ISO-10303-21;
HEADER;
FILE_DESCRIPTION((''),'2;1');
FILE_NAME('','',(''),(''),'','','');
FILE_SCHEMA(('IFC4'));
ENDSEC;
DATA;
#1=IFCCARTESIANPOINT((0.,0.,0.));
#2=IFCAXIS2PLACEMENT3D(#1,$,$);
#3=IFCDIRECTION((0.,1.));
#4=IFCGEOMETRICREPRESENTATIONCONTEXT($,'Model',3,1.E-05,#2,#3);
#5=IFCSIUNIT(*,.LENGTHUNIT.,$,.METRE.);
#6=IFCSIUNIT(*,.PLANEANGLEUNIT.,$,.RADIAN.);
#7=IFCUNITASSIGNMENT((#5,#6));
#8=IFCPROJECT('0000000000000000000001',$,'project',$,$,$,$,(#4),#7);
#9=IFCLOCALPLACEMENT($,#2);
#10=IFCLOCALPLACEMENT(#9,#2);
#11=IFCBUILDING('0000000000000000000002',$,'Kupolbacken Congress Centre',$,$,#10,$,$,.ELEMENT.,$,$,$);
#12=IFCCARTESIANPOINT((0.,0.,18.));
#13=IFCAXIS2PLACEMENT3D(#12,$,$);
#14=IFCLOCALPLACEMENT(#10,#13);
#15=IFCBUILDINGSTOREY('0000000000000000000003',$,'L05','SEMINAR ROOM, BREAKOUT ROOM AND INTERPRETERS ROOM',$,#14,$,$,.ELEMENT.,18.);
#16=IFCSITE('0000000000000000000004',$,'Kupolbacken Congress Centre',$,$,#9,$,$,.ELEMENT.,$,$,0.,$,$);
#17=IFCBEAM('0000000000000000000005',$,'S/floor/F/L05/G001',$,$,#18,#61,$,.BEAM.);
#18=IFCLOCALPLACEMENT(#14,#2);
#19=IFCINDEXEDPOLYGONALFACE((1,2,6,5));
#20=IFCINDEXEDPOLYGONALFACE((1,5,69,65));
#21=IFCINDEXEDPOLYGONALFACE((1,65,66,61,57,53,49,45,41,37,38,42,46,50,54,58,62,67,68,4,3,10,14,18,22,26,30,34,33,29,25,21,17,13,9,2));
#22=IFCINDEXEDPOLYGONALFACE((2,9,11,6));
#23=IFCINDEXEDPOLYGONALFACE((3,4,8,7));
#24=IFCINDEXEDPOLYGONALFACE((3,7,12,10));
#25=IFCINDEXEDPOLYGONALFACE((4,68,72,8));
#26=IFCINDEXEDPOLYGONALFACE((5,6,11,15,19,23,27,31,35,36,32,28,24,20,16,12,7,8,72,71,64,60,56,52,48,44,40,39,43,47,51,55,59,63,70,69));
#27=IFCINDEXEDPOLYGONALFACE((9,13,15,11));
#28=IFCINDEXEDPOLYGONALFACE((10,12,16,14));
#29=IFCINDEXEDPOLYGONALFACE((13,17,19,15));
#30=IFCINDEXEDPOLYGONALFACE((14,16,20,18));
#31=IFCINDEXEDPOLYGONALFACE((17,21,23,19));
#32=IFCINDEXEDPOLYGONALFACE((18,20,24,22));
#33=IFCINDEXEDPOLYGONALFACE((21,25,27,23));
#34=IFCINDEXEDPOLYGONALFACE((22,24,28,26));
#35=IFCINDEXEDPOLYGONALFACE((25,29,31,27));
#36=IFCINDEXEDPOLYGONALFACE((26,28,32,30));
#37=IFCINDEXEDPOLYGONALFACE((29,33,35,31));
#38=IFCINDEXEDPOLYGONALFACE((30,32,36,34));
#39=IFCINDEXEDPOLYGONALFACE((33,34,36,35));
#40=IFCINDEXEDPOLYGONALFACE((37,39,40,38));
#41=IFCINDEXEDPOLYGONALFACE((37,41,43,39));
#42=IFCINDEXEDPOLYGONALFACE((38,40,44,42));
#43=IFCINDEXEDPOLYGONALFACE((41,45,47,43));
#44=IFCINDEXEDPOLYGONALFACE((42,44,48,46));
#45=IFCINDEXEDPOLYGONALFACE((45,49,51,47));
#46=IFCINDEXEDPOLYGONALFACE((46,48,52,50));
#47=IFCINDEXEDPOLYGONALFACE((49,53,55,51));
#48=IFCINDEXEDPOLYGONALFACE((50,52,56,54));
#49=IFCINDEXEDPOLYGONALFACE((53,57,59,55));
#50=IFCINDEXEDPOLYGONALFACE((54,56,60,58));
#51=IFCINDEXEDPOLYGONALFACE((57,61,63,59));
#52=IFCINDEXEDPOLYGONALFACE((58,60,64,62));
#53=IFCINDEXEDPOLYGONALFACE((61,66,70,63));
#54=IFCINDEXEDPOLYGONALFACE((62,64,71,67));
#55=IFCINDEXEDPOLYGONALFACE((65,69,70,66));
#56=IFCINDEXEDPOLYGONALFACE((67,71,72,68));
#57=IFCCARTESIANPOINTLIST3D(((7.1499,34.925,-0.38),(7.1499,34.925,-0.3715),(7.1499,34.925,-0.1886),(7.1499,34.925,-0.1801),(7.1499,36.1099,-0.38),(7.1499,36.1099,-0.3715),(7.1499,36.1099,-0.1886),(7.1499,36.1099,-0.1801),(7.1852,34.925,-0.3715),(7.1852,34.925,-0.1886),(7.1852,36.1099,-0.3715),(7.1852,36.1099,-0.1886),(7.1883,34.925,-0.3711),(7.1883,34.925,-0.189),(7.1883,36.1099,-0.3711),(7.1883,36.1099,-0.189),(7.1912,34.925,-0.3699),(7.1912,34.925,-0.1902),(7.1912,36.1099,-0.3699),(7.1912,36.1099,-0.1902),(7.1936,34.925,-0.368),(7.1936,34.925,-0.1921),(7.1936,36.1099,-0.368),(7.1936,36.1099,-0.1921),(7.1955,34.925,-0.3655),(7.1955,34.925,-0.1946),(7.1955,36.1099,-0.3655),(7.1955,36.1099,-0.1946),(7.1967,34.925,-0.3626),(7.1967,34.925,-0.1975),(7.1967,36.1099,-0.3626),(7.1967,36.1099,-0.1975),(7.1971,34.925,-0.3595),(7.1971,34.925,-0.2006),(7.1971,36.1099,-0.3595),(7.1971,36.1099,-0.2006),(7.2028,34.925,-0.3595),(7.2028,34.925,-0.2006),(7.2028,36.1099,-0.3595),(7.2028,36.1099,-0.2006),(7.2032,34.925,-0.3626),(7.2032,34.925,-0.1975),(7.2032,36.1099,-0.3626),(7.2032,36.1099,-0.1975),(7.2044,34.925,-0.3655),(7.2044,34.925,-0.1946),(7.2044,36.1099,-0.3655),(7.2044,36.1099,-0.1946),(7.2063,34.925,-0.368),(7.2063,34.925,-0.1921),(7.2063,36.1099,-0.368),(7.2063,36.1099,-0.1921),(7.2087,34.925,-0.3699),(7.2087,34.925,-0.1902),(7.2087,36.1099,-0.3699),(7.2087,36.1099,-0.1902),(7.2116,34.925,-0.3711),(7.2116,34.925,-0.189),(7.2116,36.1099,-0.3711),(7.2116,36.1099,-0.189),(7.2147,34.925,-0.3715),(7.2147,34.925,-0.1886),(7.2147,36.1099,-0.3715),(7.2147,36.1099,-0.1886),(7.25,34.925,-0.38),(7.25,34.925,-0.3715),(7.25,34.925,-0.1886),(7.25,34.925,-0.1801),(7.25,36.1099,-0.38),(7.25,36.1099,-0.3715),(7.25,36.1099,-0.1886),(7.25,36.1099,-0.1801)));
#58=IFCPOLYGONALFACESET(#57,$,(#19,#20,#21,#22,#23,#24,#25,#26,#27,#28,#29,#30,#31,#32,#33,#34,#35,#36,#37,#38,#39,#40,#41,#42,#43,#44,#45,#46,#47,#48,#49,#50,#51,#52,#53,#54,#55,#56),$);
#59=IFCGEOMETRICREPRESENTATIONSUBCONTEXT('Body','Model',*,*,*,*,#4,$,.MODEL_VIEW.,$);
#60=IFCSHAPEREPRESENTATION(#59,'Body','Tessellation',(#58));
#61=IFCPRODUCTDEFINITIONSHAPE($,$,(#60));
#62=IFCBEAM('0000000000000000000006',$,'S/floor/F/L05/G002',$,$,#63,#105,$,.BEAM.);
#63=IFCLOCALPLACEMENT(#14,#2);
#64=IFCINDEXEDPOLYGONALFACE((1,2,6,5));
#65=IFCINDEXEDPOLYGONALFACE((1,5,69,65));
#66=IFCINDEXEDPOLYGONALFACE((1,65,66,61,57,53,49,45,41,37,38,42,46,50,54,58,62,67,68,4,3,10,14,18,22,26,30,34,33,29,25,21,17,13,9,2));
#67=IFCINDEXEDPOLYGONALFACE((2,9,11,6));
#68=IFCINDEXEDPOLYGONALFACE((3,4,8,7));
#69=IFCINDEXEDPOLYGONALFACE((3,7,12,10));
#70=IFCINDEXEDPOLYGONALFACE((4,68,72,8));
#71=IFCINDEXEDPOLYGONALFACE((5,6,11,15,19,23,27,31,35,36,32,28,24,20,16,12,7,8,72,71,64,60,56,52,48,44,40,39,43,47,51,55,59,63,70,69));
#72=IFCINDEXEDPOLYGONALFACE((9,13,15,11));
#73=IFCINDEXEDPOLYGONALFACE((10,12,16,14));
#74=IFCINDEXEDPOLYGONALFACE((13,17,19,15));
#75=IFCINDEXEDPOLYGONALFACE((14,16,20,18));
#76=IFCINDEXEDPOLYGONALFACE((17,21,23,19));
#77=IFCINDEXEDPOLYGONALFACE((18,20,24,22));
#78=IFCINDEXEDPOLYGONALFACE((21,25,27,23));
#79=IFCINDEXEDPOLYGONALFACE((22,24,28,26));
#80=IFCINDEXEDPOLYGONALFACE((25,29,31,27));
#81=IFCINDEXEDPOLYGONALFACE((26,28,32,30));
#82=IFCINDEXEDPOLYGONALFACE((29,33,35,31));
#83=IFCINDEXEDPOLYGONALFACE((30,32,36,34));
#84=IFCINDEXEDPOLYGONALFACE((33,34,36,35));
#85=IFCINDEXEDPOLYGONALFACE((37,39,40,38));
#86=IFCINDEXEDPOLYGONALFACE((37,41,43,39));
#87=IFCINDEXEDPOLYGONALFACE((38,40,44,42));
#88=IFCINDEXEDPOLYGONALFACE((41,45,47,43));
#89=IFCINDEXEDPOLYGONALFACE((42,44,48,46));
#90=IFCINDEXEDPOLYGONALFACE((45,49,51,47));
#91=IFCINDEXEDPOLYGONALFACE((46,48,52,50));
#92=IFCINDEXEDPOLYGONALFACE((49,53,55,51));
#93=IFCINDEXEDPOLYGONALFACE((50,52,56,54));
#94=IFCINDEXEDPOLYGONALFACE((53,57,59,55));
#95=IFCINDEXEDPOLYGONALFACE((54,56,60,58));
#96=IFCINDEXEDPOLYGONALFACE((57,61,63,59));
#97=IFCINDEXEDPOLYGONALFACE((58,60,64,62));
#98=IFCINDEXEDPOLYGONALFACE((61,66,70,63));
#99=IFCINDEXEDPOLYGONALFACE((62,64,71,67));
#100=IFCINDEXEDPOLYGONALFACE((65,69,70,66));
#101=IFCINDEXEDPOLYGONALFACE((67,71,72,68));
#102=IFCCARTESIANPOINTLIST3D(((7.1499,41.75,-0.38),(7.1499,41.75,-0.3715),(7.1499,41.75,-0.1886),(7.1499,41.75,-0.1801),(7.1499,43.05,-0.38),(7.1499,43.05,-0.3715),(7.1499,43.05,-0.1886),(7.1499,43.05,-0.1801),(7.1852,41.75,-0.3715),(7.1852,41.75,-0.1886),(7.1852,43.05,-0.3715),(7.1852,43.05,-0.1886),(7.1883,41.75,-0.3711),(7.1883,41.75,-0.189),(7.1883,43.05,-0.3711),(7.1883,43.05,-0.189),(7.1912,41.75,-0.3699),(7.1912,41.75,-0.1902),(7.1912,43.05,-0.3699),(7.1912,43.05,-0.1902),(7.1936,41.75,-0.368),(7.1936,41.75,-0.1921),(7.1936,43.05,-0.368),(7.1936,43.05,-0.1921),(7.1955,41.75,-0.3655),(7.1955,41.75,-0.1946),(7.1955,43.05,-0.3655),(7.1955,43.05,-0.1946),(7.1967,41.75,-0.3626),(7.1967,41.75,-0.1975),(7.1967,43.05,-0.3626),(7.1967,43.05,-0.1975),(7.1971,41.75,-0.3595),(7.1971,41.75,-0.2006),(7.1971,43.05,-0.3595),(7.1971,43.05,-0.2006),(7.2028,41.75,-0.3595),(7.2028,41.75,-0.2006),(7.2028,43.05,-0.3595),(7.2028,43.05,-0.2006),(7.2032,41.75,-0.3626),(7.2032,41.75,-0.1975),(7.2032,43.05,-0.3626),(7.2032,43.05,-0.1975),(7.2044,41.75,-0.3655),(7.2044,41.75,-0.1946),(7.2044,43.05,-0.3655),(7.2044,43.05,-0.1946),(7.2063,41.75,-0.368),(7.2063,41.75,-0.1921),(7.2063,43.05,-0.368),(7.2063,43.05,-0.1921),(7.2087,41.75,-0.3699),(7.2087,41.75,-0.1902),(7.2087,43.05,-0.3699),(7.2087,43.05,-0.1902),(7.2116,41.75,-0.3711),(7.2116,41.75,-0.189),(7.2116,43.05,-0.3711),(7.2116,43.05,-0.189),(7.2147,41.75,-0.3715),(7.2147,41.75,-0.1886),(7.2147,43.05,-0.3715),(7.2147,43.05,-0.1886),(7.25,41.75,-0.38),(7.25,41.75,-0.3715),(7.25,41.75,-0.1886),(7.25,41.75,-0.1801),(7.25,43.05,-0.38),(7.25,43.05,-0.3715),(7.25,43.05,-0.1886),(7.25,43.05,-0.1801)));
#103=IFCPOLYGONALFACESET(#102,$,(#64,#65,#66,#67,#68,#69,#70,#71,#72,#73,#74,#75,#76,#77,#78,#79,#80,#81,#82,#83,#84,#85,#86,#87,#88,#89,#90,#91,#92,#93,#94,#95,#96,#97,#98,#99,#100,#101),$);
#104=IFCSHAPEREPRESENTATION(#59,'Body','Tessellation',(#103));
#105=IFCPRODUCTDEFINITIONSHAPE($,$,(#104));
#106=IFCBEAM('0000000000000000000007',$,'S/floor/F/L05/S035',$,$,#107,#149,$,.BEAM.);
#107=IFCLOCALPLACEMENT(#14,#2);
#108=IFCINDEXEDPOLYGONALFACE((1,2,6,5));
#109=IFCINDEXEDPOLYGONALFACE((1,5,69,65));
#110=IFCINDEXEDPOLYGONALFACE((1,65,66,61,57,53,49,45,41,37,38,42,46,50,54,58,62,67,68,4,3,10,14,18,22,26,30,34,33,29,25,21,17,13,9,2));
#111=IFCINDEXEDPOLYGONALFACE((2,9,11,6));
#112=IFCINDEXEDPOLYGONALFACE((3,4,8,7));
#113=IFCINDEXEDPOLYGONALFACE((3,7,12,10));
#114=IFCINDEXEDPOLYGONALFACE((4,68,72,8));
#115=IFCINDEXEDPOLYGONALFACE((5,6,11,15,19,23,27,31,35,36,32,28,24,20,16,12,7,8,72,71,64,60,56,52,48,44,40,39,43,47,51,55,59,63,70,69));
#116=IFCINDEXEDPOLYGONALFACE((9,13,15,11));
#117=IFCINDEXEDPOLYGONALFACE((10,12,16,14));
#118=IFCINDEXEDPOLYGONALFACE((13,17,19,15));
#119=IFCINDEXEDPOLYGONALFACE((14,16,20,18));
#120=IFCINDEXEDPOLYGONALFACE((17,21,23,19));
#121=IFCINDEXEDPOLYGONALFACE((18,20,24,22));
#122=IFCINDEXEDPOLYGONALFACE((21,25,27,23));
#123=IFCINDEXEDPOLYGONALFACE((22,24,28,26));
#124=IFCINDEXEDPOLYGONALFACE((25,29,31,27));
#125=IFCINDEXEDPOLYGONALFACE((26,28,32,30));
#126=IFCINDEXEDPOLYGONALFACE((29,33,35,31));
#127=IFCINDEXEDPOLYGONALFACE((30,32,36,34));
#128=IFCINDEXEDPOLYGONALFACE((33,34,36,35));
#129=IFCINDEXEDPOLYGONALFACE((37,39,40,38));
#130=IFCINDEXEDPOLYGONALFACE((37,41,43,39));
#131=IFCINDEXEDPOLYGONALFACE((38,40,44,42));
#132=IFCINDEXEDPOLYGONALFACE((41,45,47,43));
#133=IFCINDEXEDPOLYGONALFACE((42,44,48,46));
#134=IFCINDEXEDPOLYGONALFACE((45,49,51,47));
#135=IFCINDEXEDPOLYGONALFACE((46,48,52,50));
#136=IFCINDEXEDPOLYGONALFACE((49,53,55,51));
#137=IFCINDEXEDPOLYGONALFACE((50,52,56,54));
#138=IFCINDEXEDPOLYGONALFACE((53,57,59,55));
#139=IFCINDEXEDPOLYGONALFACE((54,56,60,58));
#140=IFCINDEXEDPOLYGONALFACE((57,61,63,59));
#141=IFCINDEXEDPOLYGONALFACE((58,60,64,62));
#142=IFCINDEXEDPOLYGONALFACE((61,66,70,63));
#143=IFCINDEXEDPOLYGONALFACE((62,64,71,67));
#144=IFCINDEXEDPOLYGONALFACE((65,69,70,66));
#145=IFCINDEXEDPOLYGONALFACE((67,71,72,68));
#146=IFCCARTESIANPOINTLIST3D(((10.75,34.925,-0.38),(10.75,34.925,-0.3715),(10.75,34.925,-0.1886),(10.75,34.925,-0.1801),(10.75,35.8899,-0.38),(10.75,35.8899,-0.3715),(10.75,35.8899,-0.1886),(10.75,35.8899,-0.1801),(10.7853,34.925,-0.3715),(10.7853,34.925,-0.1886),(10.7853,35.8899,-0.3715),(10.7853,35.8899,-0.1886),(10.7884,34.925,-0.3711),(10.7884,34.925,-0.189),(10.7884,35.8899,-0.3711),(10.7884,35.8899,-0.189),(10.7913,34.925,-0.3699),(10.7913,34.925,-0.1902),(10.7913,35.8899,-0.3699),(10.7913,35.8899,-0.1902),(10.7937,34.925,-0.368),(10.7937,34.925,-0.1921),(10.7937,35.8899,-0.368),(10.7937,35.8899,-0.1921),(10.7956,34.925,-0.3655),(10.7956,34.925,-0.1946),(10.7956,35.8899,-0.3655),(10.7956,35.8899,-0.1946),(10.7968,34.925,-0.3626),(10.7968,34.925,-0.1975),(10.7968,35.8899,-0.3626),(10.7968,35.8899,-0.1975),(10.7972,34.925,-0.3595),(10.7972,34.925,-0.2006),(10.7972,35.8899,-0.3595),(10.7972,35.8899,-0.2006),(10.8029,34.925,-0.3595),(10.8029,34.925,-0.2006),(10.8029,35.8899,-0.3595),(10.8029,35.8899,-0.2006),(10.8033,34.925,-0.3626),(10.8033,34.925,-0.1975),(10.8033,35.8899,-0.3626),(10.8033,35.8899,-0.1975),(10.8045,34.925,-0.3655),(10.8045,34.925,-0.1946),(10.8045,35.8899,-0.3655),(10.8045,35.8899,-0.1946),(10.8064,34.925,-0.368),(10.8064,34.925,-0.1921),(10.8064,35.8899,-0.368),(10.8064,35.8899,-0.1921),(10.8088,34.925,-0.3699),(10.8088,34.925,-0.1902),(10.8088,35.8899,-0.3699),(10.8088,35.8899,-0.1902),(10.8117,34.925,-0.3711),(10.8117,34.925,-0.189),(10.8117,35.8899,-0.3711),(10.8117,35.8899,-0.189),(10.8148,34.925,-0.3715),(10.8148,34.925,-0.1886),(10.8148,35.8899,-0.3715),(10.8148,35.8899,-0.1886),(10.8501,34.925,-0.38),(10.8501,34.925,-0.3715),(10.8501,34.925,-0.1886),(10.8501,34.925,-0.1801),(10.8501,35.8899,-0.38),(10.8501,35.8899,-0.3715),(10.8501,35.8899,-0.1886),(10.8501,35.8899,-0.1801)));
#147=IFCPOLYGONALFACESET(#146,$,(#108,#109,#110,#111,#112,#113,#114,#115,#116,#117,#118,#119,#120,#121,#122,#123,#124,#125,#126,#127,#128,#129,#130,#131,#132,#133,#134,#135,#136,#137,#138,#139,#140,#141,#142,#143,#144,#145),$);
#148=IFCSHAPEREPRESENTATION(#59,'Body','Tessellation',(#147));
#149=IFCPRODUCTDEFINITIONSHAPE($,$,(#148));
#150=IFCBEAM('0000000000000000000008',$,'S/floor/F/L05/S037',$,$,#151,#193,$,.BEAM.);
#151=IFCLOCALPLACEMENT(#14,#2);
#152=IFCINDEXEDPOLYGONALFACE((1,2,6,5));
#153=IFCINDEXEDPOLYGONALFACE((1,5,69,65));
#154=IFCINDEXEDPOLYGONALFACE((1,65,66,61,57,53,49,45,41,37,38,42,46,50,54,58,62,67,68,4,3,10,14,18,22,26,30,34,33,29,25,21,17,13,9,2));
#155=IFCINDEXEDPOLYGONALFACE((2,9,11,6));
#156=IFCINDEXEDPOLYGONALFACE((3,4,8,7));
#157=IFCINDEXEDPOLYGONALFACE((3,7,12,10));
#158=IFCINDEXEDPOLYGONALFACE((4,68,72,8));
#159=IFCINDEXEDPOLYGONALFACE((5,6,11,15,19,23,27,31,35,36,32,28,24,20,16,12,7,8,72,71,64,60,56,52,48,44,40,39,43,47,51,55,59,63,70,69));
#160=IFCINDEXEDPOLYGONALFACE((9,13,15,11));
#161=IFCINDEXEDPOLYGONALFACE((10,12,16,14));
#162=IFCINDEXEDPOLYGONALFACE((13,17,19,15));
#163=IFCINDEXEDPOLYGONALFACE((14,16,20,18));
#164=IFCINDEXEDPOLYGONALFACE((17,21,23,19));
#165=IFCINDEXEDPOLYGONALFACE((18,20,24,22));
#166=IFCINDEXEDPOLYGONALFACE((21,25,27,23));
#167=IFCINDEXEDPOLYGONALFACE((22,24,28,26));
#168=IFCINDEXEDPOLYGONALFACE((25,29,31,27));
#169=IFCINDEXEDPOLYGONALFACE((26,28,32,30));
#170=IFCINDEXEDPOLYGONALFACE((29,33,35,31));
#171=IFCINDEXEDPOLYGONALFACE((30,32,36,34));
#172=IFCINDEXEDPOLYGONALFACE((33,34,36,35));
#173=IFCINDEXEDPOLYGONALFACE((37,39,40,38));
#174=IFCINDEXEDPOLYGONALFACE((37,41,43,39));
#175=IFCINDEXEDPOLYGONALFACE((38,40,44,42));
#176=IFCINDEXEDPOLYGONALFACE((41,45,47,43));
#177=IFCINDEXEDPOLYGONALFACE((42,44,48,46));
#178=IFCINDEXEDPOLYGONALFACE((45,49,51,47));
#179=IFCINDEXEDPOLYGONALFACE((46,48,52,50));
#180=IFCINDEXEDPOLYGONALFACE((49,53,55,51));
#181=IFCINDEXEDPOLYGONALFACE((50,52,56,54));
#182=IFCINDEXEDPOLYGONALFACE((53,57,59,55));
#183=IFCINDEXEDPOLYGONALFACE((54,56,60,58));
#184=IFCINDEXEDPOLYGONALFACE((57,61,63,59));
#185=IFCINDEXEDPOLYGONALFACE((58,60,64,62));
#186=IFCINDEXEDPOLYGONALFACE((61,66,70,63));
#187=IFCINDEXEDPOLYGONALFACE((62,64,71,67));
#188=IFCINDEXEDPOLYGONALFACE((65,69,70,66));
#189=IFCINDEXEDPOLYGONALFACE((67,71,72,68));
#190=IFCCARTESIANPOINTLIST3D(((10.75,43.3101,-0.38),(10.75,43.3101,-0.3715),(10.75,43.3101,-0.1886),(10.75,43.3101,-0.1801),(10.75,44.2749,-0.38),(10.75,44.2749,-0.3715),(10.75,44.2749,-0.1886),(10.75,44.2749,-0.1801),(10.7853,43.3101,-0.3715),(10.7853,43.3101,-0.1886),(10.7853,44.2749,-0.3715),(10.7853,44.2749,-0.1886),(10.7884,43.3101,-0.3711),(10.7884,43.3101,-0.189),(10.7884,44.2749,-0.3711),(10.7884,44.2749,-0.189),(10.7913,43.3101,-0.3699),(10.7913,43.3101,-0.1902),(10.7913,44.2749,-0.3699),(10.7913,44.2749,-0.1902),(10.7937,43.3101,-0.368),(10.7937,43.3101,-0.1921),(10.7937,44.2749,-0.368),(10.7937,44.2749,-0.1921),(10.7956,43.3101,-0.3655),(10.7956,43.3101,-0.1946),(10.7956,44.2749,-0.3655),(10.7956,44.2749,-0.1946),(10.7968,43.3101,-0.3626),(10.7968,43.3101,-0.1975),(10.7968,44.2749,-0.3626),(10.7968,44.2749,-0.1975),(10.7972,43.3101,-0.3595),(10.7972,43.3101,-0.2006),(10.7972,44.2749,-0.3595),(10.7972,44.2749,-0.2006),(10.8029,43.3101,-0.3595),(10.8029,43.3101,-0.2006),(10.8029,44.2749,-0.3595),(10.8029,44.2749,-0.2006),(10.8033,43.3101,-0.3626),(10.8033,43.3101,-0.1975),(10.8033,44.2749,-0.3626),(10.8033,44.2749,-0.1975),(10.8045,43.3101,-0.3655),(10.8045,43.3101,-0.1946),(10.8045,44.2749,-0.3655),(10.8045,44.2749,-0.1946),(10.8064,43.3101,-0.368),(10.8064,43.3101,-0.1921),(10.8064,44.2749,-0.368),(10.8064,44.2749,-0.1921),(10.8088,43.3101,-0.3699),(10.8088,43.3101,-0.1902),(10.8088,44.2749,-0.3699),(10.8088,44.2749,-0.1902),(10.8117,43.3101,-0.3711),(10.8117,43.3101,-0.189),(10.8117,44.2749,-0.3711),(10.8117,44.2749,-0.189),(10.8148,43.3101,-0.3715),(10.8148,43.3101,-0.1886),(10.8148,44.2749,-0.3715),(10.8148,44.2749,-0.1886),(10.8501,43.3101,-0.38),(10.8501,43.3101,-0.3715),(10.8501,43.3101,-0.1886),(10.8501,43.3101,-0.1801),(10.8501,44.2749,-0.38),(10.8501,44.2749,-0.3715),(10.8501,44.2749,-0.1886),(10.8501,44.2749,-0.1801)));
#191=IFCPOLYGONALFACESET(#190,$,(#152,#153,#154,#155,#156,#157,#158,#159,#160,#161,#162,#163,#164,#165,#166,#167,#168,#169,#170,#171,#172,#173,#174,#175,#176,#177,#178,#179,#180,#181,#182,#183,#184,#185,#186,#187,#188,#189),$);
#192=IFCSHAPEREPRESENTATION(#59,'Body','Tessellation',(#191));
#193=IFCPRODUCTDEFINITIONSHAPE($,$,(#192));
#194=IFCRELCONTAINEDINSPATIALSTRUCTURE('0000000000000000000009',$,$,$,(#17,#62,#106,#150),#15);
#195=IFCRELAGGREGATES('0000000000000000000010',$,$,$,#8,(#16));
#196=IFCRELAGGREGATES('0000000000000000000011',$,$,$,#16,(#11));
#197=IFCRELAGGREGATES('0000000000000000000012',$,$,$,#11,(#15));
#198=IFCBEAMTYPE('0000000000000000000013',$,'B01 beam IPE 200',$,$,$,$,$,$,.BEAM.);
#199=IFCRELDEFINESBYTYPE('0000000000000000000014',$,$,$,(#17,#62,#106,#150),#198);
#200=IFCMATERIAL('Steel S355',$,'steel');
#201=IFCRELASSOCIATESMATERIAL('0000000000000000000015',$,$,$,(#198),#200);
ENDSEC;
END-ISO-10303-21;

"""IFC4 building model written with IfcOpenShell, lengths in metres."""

from ifc_helpers import new_model, si_unit, direction, frame, origin, origin_2d, place, context, subcontext, project, spatial, i_section, extrude, material, material_profile, profile_set, type_object, element, save


model = new_model("IFC4")

# Units and contexts
model_context = context("Model", 3, precision=1e-05, world=origin(), true_north=direction((0.0, 1.0)))
body_context = subcontext(model_context, "Body", "Model", "MODEL_VIEW")
ifc_project = project(units=[si_unit("LENGTHUNIT", "METRE"), si_unit("PLANEANGLEUNIT", "RADIAN")], contexts=[model_context])

# Site, building, storey
site_placement = place(None, origin())
site = spatial("IfcSite", under=ifc_project, at=site_placement, Name="Kupolbacken Congress Centre", CompositionType="ELEMENT", RefElevation=0.0)
building_placement = place(site_placement, origin())
building = spatial("IfcBuilding", under=site, at=building_placement, Name="Kupolbacken Congress Centre", CompositionType="ELEMENT")
storey_placement = place(building_placement, frame((0.0, 0.0, 18.0)))
storey = spatial("IfcBuildingStorey", under=building, at=storey_placement, Name="L05", Description="SEMINAR ROOM, BREAKOUT ROOM AND INTERPRETERS ROOM", CompositionType="ELEMENT", Elevation=18.0)

# Beams
ifc_material_1 = material(Name="Steel S355", Category="steel")
ifc_material_profile_1 = material_profile(ifc_material_1, i_section(OverallWidth=0.1001, OverallDepth=0.2, WebThickness=0.0056, FlangeThickness=0.0085, FilletRadius=0.012, at=origin_2d()), Name="IPE 200")
ifc_profile_set_1 = profile_set([ifc_material_profile_1], Name="Steel S355")
beam_type_1 = type_object("IfcBeamType", Name="B01 beam IPE 200", PredefinedType="BEAM", material=ifc_profile_set_1)
beam_1_placement = place(storey_placement, frame((7.2, 34.925, -0.28), z_axis=(0.0, 1.0, 0.0), x_axis=(-1.0, 0.0, 0.0)))
element("IfcBeam", 1, at=beam_1_placement, inside=storey, type_object=beam_type_1, Name="S/floor/F/L05/G001", PredefinedType="BEAM", context=body_context, shape_type="SweptSolid", body=[
    extrude(i_section(OverallWidth=0.1001, OverallDepth=0.2, WebThickness=0.0056, FlangeThickness=0.0085, FilletRadius=0.012, at=origin_2d()), origin(), (0.0, 0.0, 1.0), 1.1848),
])
beam_2_placement = place(storey_placement, frame((7.2, 41.75, -0.28), z_axis=(0.0, 1.0, 0.0), x_axis=(-1.0, 0.0, 0.0)))
element("IfcBeam", 2, at=beam_2_placement, inside=storey, type_object=beam_type_1, Name="S/floor/F/L05/G002", PredefinedType="BEAM", context=body_context, shape_type="SweptSolid", body=[
    extrude(i_section(OverallWidth=0.1001, OverallDepth=0.2, WebThickness=0.0056, FlangeThickness=0.0085, FilletRadius=0.012, at=origin_2d()), origin(), (0.0, 0.0, 1.0), 1.3),
])
for number, where, z_axis, x_axis, name in (
    (3, (10.8, 34.925, -0.28), (0.0, 1.0, 0.0), (-1.0, 0.0, 0.0), "S/floor/F/L05/S035"),
    (4, (10.8, 43.3101, -0.28), (0.0, 1.0, 0.0), (-1.0, 0.0, 0.0), "S/floor/F/L05/S037"),
):
    element("IfcBeam", number, at=place(storey_placement, frame(where, z_axis=z_axis, x_axis=x_axis)), inside=storey, type_object=beam_type_1, Name=name, PredefinedType="BEAM", context=body_context, shape_type="SweptSolid", body=[
        extrude(i_section(OverallWidth=0.1001, OverallDepth=0.2, WebThickness=0.0056, FlangeThickness=0.0085, FilletRadius=0.012, at=origin_2d()), origin(), (0.0, 0.0, 1.0), 0.9648),
    ])

save(model, "model.ifc")
